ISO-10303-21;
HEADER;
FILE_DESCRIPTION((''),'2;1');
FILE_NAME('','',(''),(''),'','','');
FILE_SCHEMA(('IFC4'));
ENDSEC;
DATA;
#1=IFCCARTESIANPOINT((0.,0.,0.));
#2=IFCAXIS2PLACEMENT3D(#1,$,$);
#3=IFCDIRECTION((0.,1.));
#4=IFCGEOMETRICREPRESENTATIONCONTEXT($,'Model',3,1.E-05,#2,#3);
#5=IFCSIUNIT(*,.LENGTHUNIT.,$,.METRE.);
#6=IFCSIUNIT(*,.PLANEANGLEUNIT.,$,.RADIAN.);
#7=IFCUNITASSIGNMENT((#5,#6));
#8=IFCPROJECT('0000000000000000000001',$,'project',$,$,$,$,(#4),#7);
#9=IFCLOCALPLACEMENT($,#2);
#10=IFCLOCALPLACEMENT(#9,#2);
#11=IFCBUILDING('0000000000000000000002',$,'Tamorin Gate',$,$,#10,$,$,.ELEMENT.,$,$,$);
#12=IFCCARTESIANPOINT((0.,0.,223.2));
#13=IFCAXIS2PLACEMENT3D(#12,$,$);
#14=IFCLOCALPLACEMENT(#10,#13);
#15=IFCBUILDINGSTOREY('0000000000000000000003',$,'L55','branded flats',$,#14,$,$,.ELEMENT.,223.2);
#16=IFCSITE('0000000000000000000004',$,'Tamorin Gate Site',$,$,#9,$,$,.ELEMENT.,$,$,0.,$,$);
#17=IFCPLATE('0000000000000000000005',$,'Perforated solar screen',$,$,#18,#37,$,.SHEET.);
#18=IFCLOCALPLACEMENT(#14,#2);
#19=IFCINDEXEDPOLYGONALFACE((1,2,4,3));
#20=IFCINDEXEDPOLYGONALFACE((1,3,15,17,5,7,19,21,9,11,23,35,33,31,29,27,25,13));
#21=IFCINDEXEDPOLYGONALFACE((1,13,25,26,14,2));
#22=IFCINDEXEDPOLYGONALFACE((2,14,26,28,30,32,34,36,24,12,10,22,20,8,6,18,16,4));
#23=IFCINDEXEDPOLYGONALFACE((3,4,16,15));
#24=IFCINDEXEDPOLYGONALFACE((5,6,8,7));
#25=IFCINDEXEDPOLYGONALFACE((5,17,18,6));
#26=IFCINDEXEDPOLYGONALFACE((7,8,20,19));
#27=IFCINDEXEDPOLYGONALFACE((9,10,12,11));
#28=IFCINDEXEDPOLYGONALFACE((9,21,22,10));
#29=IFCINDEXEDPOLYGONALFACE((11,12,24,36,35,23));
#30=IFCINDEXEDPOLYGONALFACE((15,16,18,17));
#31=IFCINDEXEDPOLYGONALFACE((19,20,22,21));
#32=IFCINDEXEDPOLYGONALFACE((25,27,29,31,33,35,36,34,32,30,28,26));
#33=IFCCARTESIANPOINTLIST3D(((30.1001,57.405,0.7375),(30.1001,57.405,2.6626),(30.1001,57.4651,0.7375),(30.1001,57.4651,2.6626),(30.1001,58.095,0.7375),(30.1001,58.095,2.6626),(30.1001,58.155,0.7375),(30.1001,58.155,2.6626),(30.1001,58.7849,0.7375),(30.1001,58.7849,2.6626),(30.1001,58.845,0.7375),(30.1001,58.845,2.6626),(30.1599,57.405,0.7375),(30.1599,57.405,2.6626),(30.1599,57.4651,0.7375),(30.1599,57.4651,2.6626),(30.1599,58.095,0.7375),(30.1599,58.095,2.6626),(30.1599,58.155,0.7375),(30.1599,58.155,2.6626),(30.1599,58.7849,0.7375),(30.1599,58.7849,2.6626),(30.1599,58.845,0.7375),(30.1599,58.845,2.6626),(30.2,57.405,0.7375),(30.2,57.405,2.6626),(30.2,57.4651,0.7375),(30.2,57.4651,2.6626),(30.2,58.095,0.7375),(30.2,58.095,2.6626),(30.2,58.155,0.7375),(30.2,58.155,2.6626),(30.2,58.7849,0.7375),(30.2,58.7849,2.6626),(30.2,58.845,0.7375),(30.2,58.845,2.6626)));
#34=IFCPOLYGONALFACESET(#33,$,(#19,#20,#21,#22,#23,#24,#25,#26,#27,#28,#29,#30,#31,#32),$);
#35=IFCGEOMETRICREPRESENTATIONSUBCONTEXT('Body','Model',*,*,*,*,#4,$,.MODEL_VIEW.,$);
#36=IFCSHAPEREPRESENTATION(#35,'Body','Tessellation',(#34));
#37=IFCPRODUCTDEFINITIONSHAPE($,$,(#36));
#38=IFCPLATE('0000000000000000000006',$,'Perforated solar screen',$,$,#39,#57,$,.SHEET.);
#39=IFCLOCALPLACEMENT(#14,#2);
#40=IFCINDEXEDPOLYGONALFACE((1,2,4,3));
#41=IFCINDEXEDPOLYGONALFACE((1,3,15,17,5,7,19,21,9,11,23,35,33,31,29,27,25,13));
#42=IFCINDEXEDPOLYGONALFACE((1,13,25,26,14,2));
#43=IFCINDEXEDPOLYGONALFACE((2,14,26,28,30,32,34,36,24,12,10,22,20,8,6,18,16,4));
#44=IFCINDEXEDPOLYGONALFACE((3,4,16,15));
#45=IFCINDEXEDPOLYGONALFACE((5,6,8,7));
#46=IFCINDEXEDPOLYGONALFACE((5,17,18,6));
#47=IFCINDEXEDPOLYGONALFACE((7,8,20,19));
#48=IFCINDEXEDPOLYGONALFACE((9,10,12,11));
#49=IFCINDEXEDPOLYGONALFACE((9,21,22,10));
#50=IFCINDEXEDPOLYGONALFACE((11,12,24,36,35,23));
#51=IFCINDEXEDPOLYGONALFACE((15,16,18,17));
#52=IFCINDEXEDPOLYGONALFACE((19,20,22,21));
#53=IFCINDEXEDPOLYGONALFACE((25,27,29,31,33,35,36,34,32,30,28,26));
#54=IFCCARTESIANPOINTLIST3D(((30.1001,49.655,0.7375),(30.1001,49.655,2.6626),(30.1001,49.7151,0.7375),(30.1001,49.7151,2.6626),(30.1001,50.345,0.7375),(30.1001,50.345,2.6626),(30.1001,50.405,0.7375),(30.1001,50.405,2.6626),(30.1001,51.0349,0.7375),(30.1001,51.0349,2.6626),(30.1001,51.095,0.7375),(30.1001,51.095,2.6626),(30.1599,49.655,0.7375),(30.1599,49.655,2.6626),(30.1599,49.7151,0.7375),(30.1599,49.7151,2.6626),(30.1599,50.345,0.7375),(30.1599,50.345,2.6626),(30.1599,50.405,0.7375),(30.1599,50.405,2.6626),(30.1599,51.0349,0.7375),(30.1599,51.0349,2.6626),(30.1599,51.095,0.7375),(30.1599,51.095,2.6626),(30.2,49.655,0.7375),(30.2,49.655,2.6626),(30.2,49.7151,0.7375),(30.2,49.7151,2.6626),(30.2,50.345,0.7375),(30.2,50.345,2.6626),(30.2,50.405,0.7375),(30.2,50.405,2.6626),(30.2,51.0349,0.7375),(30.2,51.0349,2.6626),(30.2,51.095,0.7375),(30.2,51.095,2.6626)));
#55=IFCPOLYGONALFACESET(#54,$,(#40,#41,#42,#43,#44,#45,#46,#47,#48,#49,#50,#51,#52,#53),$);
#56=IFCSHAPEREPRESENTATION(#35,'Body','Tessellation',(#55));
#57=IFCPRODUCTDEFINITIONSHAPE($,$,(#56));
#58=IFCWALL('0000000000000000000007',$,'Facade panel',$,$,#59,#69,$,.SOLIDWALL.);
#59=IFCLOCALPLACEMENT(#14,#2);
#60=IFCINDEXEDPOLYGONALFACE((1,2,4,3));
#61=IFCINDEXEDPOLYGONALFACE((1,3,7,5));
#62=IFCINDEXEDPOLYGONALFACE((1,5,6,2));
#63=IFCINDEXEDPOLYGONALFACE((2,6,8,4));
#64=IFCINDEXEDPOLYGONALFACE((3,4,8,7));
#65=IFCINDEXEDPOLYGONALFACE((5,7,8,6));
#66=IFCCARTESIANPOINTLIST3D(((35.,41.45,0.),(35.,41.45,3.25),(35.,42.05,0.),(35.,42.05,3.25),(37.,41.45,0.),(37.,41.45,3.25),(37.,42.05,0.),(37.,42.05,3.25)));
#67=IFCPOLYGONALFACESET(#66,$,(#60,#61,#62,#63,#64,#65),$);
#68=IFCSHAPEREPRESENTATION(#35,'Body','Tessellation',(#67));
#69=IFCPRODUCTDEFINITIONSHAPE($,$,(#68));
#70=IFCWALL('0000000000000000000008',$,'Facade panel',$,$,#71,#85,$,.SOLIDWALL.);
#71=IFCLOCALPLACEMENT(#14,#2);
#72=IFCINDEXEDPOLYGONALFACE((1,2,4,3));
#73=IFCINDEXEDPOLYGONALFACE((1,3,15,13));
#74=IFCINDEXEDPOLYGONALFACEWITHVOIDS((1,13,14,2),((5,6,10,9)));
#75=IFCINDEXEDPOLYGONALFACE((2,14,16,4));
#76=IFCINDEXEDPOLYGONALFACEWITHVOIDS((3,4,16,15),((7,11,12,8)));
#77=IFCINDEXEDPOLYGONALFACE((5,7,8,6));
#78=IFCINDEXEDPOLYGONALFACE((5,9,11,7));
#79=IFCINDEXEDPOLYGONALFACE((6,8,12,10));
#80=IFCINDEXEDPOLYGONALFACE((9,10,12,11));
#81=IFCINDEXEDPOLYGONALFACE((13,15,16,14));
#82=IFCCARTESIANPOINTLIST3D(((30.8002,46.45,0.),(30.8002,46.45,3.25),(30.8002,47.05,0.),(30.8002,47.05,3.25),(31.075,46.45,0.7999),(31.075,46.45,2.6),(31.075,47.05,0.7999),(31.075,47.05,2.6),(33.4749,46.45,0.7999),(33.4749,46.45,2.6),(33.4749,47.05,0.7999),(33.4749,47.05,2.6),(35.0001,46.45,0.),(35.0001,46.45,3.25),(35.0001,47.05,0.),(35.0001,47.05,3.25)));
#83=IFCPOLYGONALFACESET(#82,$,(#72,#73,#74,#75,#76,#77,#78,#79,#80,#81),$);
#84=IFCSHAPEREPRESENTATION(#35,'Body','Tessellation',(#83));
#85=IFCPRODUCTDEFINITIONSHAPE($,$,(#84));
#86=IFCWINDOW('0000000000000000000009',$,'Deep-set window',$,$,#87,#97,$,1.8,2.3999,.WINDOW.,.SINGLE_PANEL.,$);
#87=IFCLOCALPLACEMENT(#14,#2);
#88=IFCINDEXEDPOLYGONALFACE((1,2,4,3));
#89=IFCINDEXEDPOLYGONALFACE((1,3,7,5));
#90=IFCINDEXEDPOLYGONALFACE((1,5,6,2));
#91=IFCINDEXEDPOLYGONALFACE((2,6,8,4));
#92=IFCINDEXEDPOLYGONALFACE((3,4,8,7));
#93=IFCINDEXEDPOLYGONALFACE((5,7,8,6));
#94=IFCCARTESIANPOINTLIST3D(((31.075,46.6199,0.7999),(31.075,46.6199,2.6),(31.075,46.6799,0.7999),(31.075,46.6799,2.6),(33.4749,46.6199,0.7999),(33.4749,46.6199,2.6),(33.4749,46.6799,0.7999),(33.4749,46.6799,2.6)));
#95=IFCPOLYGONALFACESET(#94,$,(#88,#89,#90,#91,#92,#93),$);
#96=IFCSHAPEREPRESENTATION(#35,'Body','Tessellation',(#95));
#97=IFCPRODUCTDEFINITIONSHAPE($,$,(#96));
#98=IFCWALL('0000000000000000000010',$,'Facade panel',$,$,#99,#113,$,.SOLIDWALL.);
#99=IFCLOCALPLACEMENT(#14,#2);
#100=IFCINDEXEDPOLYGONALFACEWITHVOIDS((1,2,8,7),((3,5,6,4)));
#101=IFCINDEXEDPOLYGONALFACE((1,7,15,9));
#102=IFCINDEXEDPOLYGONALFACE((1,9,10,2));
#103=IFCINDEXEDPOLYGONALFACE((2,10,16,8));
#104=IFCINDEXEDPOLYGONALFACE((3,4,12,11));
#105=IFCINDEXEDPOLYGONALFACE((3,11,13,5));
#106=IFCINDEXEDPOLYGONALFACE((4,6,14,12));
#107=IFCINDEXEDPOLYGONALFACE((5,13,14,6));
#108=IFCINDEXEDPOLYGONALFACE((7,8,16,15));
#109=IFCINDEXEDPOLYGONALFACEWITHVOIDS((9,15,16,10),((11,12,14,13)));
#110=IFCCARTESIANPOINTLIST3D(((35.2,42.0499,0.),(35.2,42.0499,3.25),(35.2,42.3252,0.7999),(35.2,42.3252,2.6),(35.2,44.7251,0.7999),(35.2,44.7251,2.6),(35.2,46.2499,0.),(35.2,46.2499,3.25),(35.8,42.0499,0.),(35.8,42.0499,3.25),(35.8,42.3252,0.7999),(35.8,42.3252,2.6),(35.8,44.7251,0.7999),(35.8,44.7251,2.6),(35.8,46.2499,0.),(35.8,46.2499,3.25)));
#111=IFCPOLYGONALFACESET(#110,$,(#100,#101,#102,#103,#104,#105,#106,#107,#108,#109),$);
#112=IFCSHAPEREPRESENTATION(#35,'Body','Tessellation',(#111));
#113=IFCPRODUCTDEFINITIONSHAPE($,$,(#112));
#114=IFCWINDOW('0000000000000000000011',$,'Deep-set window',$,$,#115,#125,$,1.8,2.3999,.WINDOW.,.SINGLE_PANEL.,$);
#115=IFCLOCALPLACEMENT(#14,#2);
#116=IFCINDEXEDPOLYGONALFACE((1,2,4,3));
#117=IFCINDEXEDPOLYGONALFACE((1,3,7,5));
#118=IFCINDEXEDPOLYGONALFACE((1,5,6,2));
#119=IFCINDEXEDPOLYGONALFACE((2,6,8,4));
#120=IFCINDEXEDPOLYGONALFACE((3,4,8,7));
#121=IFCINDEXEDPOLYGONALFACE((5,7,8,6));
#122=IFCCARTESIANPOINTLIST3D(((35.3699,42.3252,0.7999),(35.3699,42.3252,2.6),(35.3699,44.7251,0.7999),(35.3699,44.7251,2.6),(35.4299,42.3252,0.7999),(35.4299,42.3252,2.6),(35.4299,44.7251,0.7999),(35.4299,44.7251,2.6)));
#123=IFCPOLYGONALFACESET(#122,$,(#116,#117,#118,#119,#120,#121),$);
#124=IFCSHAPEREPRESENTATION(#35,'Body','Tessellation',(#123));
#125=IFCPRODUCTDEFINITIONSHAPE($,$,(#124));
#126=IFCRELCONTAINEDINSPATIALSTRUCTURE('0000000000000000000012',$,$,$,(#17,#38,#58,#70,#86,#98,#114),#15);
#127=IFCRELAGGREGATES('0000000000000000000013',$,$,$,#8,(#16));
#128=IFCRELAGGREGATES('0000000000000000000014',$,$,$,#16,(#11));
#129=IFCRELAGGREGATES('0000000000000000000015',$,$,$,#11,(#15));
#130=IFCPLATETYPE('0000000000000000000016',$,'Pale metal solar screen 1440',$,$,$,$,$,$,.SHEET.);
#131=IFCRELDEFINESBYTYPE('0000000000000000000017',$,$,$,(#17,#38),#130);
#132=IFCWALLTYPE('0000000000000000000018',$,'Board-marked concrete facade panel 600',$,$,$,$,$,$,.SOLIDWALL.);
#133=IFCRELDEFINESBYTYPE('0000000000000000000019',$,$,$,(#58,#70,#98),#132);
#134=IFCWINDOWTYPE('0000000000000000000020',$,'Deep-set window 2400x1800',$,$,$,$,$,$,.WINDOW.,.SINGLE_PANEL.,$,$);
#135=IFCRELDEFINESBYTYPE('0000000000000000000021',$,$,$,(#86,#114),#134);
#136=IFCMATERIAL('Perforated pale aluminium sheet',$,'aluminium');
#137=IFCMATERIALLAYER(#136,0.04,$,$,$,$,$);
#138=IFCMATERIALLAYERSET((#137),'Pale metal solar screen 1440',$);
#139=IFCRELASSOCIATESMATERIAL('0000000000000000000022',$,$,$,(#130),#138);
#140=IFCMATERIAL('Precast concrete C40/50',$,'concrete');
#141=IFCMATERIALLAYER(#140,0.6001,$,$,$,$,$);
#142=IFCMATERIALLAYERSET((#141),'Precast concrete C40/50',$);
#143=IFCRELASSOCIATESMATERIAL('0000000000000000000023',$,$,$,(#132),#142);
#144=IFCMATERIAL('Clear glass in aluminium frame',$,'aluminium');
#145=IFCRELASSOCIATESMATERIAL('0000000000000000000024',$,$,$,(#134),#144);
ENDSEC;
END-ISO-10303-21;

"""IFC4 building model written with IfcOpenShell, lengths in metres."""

from ifc_helpers import new_model, si_unit, direction, frame, frame_2d, origin, place, context, subcontext, project, spatial, polyline, rectangle, outline, extrude, material, layer, layer_set, type_object, element, fill, save


model = new_model("IFC4")

# Units and contexts
model_context = context("Model", 3, precision=1e-05, world=origin(), true_north=direction((0.0, 1.0)))
body_context = subcontext(model_context, "Body", "Model", "MODEL_VIEW")
ifc_project = project(units=[si_unit("LENGTHUNIT", "METRE"), si_unit("PLANEANGLEUNIT", "RADIAN")], contexts=[model_context])

# Site, building, storey
site_placement = place(None, origin())
site = spatial("IfcSite", under=ifc_project, at=site_placement, Name="Tamorin Gate Site", CompositionType="ELEMENT", RefElevation=0.0)
building_placement = place(site_placement, origin())
building = spatial("IfcBuilding", under=site, at=building_placement, Name="Tamorin Gate", CompositionType="ELEMENT")
storey_placement = place(building_placement, frame((0.0, 0.0, 223.2)))
storey = spatial("IfcBuildingStorey", under=building, at=storey_placement, Name="L55", Description="branded flats", CompositionType="ELEMENT", Elevation=223.2)

# Plates
ifc_material_1 = material(Name="Perforated pale aluminium sheet", Category="aluminium")
ifc_layer_1 = layer(ifc_material_1, 0.04)
ifc_layer_set_1 = layer_set([ifc_layer_1], Name="Pale metal solar screen 1440")
plate_type = type_object("IfcPlateType", Name="Pale metal solar screen 1440", PredefinedType="SHEET", material=ifc_layer_set_1)
plate_1_placement = place(storey_placement, frame((0.0, 0.0, 0.7375)))
element("IfcPlate", 1, at=plate_1_placement, inside=storey, type_object=plate_type, Name="Perforated solar screen", PredefinedType="SHEET", context=body_context, shape_type="SweptSolid", body=[
    extrude(outline(polyline([(30.1599, 58.845), (30.2, 58.845), (30.2, 58.7849), (30.2, 58.155), (30.2, 58.095), (30.2, 57.4651), (30.2, 57.405), (30.1599, 57.405), (30.1001, 57.405), (30.1001, 57.4651), (30.1599, 57.4651), (30.1599, 58.095), (30.1001, 58.095), (30.1001, 58.155), (30.1599, 58.155), (30.1599, 58.7849), (30.1001, 58.7849), (30.1001, 58.845), (30.1599, 58.845)])), origin(), (0.0, 0.0, 1.0), 1.925),
])
plate_2_placement = place(storey_placement, frame((0.0, 0.0, 0.7375)))
element("IfcPlate", 2, at=plate_2_placement, inside=storey, type_object=plate_type, Name="Perforated solar screen", PredefinedType="SHEET", context=body_context, shape_type="SweptSolid", body=[
    extrude(outline(polyline([(30.1599, 51.095), (30.2, 51.095), (30.2, 51.0349), (30.2, 50.405), (30.2, 50.345), (30.2, 49.7151), (30.2, 49.655), (30.1599, 49.655), (30.1001, 49.655), (30.1001, 49.7151), (30.1599, 49.7151), (30.1599, 50.345), (30.1001, 50.345), (30.1001, 50.405), (30.1599, 50.405), (30.1599, 51.0349), (30.1001, 51.0349), (30.1001, 51.095), (30.1599, 51.095)])), origin(), (0.0, 0.0, 1.0), 1.925),
])

# Wall
ifc_material_2 = material(Name="Precast concrete C40/50", Category="concrete")
ifc_layer_2 = layer(ifc_material_2, 0.6001)
ifc_layer_set_2 = layer_set([ifc_layer_2], Name="Precast concrete C40/50")
wall_type = type_object("IfcWallType", Name="Board-marked concrete facade panel 600", PredefinedType="SOLIDWALL", material=ifc_layer_set_2)
wall_1_placement = place(storey_placement, frame((35.0, 41.75, 0.0), z_axis=(0.0, 0.0, 1.0), x_axis=(1.0, 0.0, 0.0)))
element("IfcWall", 3, at=wall_1_placement, inside=storey, type_object=wall_type, Name="Facade panel", PredefinedType="SOLIDWALL", context=body_context, shape_type="SweptSolid", body=[
    extrude(rectangle(XDim=2.0, YDim=0.6001, at=frame_2d((1.0, 0.0))), origin(), (0.0, 0.0, 1.0), 3.25),
])

# Walls, openings, windows
wall_2_placement = place(storey_placement, frame((30.8, 46.75, 0.0), z_axis=(0.0, 0.0, 1.0), x_axis=(1.0, 0.0, 0.0)))
wall_2 = element("IfcWall", 4, at=wall_2_placement, inside=storey, type_object=wall_type, Name="Facade panel", PredefinedType="SOLIDWALL", context=body_context, shape_type="SweptSolid", body=[
    extrude(rectangle(XDim=4.2, YDim=0.6001, at=frame_2d((2.1001, 0.0))), origin(), (0.0, 0.0, 1.0), 3.25),
])
opening_1_placement = place(wall_2_placement, frame((0.2749, 0.0, 0.8)))
opening_1 = element("IfcOpeningElement", 5, at=opening_1_placement, cuts=wall_2, PredefinedType="OPENING", context=body_context, shape_type="SweptSolid", body=[
    extrude(rectangle(XDim=2.3999, YDim=1.8, at=frame_2d((1.2, 0.8999))), frame((0.0, 0.3101, 0.0), z_axis=(0.0, -1.0, 0.0), x_axis=(1.0, 0.0, 0.0)), (0.0, 0.0, 1.0), 0.6201),
])
ifc_material_3 = material(Name="Clear glass in aluminium frame", Category="aluminium")
window_type = type_object("IfcWindowType", Name="Deep-set window 2400x1800", PartitioningType="SINGLE_PANEL", PredefinedType="WINDOW", material=ifc_material_3)
window_1_placement = place(opening_1_placement, origin())
window_1 = element("IfcWindow", 6, at=window_1_placement, inside=storey, type_object=window_type, Name="Deep-set window", OverallHeight=1.8, OverallWidth=2.3999, PartitioningType="SINGLE_PANEL", PredefinedType="WINDOW", context=body_context, shape_type="SweptSolid", body=[
    extrude(rectangle(XDim=2.3999, YDim=1.8, at=frame_2d((1.2, 0.8999))), frame((0.0, -0.0701, 0.0), z_axis=(0.0, -1.0, 0.0), x_axis=(1.0, 0.0, 0.0)), (0.0, 0.0, 1.0), 0.0601),
])
fill(opening_1, window_1)
wall_3_placement = place(storey_placement, frame((35.5, 46.25, 0.0), z_axis=(0.0, 0.0, 1.0), x_axis=(0.0, -1.0, 0.0)))
wall_3 = element("IfcWall", 7, at=wall_3_placement, inside=storey, type_object=wall_type, Name="Facade panel", PredefinedType="SOLIDWALL", context=body_context, shape_type="SweptSolid", body=[
    extrude(rectangle(XDim=4.2, YDim=0.6001, at=frame_2d((2.1001, 0.0))), origin(), (0.0, 0.0, 1.0), 3.25),
])
opening_2_placement = place(wall_3_placement, frame((1.5249, 0.0, 0.8)))
opening_2 = element("IfcOpeningElement", 8, at=opening_2_placement, cuts=wall_3, PredefinedType="OPENING", context=body_context, shape_type="SweptSolid", body=[
    extrude(rectangle(XDim=2.3999, YDim=1.8, at=frame_2d((1.2, 0.8999))), frame((0.0, 0.3101, 0.0), z_axis=(0.0, -1.0, 0.0), x_axis=(1.0, 0.0, 0.0)), (0.0, 0.0, 1.0), 0.6201),
])
window_2_placement = place(opening_2_placement, origin())
window_2 = element("IfcWindow", 9, at=window_2_placement, inside=storey, type_object=window_type, Name="Deep-set window", OverallHeight=1.8, OverallWidth=2.3999, PartitioningType="SINGLE_PANEL", PredefinedType="WINDOW", context=body_context, shape_type="SweptSolid", body=[
    extrude(rectangle(XDim=2.3999, YDim=1.8, at=frame_2d((1.2, 0.8999))), frame((0.0, -0.0701, 0.0), z_axis=(0.0, -1.0, 0.0), x_axis=(1.0, 0.0, 0.0)), (0.0, 0.0, 1.0), 0.0601),
])
fill(opening_2, window_2)

save(model, "model.ifc")
